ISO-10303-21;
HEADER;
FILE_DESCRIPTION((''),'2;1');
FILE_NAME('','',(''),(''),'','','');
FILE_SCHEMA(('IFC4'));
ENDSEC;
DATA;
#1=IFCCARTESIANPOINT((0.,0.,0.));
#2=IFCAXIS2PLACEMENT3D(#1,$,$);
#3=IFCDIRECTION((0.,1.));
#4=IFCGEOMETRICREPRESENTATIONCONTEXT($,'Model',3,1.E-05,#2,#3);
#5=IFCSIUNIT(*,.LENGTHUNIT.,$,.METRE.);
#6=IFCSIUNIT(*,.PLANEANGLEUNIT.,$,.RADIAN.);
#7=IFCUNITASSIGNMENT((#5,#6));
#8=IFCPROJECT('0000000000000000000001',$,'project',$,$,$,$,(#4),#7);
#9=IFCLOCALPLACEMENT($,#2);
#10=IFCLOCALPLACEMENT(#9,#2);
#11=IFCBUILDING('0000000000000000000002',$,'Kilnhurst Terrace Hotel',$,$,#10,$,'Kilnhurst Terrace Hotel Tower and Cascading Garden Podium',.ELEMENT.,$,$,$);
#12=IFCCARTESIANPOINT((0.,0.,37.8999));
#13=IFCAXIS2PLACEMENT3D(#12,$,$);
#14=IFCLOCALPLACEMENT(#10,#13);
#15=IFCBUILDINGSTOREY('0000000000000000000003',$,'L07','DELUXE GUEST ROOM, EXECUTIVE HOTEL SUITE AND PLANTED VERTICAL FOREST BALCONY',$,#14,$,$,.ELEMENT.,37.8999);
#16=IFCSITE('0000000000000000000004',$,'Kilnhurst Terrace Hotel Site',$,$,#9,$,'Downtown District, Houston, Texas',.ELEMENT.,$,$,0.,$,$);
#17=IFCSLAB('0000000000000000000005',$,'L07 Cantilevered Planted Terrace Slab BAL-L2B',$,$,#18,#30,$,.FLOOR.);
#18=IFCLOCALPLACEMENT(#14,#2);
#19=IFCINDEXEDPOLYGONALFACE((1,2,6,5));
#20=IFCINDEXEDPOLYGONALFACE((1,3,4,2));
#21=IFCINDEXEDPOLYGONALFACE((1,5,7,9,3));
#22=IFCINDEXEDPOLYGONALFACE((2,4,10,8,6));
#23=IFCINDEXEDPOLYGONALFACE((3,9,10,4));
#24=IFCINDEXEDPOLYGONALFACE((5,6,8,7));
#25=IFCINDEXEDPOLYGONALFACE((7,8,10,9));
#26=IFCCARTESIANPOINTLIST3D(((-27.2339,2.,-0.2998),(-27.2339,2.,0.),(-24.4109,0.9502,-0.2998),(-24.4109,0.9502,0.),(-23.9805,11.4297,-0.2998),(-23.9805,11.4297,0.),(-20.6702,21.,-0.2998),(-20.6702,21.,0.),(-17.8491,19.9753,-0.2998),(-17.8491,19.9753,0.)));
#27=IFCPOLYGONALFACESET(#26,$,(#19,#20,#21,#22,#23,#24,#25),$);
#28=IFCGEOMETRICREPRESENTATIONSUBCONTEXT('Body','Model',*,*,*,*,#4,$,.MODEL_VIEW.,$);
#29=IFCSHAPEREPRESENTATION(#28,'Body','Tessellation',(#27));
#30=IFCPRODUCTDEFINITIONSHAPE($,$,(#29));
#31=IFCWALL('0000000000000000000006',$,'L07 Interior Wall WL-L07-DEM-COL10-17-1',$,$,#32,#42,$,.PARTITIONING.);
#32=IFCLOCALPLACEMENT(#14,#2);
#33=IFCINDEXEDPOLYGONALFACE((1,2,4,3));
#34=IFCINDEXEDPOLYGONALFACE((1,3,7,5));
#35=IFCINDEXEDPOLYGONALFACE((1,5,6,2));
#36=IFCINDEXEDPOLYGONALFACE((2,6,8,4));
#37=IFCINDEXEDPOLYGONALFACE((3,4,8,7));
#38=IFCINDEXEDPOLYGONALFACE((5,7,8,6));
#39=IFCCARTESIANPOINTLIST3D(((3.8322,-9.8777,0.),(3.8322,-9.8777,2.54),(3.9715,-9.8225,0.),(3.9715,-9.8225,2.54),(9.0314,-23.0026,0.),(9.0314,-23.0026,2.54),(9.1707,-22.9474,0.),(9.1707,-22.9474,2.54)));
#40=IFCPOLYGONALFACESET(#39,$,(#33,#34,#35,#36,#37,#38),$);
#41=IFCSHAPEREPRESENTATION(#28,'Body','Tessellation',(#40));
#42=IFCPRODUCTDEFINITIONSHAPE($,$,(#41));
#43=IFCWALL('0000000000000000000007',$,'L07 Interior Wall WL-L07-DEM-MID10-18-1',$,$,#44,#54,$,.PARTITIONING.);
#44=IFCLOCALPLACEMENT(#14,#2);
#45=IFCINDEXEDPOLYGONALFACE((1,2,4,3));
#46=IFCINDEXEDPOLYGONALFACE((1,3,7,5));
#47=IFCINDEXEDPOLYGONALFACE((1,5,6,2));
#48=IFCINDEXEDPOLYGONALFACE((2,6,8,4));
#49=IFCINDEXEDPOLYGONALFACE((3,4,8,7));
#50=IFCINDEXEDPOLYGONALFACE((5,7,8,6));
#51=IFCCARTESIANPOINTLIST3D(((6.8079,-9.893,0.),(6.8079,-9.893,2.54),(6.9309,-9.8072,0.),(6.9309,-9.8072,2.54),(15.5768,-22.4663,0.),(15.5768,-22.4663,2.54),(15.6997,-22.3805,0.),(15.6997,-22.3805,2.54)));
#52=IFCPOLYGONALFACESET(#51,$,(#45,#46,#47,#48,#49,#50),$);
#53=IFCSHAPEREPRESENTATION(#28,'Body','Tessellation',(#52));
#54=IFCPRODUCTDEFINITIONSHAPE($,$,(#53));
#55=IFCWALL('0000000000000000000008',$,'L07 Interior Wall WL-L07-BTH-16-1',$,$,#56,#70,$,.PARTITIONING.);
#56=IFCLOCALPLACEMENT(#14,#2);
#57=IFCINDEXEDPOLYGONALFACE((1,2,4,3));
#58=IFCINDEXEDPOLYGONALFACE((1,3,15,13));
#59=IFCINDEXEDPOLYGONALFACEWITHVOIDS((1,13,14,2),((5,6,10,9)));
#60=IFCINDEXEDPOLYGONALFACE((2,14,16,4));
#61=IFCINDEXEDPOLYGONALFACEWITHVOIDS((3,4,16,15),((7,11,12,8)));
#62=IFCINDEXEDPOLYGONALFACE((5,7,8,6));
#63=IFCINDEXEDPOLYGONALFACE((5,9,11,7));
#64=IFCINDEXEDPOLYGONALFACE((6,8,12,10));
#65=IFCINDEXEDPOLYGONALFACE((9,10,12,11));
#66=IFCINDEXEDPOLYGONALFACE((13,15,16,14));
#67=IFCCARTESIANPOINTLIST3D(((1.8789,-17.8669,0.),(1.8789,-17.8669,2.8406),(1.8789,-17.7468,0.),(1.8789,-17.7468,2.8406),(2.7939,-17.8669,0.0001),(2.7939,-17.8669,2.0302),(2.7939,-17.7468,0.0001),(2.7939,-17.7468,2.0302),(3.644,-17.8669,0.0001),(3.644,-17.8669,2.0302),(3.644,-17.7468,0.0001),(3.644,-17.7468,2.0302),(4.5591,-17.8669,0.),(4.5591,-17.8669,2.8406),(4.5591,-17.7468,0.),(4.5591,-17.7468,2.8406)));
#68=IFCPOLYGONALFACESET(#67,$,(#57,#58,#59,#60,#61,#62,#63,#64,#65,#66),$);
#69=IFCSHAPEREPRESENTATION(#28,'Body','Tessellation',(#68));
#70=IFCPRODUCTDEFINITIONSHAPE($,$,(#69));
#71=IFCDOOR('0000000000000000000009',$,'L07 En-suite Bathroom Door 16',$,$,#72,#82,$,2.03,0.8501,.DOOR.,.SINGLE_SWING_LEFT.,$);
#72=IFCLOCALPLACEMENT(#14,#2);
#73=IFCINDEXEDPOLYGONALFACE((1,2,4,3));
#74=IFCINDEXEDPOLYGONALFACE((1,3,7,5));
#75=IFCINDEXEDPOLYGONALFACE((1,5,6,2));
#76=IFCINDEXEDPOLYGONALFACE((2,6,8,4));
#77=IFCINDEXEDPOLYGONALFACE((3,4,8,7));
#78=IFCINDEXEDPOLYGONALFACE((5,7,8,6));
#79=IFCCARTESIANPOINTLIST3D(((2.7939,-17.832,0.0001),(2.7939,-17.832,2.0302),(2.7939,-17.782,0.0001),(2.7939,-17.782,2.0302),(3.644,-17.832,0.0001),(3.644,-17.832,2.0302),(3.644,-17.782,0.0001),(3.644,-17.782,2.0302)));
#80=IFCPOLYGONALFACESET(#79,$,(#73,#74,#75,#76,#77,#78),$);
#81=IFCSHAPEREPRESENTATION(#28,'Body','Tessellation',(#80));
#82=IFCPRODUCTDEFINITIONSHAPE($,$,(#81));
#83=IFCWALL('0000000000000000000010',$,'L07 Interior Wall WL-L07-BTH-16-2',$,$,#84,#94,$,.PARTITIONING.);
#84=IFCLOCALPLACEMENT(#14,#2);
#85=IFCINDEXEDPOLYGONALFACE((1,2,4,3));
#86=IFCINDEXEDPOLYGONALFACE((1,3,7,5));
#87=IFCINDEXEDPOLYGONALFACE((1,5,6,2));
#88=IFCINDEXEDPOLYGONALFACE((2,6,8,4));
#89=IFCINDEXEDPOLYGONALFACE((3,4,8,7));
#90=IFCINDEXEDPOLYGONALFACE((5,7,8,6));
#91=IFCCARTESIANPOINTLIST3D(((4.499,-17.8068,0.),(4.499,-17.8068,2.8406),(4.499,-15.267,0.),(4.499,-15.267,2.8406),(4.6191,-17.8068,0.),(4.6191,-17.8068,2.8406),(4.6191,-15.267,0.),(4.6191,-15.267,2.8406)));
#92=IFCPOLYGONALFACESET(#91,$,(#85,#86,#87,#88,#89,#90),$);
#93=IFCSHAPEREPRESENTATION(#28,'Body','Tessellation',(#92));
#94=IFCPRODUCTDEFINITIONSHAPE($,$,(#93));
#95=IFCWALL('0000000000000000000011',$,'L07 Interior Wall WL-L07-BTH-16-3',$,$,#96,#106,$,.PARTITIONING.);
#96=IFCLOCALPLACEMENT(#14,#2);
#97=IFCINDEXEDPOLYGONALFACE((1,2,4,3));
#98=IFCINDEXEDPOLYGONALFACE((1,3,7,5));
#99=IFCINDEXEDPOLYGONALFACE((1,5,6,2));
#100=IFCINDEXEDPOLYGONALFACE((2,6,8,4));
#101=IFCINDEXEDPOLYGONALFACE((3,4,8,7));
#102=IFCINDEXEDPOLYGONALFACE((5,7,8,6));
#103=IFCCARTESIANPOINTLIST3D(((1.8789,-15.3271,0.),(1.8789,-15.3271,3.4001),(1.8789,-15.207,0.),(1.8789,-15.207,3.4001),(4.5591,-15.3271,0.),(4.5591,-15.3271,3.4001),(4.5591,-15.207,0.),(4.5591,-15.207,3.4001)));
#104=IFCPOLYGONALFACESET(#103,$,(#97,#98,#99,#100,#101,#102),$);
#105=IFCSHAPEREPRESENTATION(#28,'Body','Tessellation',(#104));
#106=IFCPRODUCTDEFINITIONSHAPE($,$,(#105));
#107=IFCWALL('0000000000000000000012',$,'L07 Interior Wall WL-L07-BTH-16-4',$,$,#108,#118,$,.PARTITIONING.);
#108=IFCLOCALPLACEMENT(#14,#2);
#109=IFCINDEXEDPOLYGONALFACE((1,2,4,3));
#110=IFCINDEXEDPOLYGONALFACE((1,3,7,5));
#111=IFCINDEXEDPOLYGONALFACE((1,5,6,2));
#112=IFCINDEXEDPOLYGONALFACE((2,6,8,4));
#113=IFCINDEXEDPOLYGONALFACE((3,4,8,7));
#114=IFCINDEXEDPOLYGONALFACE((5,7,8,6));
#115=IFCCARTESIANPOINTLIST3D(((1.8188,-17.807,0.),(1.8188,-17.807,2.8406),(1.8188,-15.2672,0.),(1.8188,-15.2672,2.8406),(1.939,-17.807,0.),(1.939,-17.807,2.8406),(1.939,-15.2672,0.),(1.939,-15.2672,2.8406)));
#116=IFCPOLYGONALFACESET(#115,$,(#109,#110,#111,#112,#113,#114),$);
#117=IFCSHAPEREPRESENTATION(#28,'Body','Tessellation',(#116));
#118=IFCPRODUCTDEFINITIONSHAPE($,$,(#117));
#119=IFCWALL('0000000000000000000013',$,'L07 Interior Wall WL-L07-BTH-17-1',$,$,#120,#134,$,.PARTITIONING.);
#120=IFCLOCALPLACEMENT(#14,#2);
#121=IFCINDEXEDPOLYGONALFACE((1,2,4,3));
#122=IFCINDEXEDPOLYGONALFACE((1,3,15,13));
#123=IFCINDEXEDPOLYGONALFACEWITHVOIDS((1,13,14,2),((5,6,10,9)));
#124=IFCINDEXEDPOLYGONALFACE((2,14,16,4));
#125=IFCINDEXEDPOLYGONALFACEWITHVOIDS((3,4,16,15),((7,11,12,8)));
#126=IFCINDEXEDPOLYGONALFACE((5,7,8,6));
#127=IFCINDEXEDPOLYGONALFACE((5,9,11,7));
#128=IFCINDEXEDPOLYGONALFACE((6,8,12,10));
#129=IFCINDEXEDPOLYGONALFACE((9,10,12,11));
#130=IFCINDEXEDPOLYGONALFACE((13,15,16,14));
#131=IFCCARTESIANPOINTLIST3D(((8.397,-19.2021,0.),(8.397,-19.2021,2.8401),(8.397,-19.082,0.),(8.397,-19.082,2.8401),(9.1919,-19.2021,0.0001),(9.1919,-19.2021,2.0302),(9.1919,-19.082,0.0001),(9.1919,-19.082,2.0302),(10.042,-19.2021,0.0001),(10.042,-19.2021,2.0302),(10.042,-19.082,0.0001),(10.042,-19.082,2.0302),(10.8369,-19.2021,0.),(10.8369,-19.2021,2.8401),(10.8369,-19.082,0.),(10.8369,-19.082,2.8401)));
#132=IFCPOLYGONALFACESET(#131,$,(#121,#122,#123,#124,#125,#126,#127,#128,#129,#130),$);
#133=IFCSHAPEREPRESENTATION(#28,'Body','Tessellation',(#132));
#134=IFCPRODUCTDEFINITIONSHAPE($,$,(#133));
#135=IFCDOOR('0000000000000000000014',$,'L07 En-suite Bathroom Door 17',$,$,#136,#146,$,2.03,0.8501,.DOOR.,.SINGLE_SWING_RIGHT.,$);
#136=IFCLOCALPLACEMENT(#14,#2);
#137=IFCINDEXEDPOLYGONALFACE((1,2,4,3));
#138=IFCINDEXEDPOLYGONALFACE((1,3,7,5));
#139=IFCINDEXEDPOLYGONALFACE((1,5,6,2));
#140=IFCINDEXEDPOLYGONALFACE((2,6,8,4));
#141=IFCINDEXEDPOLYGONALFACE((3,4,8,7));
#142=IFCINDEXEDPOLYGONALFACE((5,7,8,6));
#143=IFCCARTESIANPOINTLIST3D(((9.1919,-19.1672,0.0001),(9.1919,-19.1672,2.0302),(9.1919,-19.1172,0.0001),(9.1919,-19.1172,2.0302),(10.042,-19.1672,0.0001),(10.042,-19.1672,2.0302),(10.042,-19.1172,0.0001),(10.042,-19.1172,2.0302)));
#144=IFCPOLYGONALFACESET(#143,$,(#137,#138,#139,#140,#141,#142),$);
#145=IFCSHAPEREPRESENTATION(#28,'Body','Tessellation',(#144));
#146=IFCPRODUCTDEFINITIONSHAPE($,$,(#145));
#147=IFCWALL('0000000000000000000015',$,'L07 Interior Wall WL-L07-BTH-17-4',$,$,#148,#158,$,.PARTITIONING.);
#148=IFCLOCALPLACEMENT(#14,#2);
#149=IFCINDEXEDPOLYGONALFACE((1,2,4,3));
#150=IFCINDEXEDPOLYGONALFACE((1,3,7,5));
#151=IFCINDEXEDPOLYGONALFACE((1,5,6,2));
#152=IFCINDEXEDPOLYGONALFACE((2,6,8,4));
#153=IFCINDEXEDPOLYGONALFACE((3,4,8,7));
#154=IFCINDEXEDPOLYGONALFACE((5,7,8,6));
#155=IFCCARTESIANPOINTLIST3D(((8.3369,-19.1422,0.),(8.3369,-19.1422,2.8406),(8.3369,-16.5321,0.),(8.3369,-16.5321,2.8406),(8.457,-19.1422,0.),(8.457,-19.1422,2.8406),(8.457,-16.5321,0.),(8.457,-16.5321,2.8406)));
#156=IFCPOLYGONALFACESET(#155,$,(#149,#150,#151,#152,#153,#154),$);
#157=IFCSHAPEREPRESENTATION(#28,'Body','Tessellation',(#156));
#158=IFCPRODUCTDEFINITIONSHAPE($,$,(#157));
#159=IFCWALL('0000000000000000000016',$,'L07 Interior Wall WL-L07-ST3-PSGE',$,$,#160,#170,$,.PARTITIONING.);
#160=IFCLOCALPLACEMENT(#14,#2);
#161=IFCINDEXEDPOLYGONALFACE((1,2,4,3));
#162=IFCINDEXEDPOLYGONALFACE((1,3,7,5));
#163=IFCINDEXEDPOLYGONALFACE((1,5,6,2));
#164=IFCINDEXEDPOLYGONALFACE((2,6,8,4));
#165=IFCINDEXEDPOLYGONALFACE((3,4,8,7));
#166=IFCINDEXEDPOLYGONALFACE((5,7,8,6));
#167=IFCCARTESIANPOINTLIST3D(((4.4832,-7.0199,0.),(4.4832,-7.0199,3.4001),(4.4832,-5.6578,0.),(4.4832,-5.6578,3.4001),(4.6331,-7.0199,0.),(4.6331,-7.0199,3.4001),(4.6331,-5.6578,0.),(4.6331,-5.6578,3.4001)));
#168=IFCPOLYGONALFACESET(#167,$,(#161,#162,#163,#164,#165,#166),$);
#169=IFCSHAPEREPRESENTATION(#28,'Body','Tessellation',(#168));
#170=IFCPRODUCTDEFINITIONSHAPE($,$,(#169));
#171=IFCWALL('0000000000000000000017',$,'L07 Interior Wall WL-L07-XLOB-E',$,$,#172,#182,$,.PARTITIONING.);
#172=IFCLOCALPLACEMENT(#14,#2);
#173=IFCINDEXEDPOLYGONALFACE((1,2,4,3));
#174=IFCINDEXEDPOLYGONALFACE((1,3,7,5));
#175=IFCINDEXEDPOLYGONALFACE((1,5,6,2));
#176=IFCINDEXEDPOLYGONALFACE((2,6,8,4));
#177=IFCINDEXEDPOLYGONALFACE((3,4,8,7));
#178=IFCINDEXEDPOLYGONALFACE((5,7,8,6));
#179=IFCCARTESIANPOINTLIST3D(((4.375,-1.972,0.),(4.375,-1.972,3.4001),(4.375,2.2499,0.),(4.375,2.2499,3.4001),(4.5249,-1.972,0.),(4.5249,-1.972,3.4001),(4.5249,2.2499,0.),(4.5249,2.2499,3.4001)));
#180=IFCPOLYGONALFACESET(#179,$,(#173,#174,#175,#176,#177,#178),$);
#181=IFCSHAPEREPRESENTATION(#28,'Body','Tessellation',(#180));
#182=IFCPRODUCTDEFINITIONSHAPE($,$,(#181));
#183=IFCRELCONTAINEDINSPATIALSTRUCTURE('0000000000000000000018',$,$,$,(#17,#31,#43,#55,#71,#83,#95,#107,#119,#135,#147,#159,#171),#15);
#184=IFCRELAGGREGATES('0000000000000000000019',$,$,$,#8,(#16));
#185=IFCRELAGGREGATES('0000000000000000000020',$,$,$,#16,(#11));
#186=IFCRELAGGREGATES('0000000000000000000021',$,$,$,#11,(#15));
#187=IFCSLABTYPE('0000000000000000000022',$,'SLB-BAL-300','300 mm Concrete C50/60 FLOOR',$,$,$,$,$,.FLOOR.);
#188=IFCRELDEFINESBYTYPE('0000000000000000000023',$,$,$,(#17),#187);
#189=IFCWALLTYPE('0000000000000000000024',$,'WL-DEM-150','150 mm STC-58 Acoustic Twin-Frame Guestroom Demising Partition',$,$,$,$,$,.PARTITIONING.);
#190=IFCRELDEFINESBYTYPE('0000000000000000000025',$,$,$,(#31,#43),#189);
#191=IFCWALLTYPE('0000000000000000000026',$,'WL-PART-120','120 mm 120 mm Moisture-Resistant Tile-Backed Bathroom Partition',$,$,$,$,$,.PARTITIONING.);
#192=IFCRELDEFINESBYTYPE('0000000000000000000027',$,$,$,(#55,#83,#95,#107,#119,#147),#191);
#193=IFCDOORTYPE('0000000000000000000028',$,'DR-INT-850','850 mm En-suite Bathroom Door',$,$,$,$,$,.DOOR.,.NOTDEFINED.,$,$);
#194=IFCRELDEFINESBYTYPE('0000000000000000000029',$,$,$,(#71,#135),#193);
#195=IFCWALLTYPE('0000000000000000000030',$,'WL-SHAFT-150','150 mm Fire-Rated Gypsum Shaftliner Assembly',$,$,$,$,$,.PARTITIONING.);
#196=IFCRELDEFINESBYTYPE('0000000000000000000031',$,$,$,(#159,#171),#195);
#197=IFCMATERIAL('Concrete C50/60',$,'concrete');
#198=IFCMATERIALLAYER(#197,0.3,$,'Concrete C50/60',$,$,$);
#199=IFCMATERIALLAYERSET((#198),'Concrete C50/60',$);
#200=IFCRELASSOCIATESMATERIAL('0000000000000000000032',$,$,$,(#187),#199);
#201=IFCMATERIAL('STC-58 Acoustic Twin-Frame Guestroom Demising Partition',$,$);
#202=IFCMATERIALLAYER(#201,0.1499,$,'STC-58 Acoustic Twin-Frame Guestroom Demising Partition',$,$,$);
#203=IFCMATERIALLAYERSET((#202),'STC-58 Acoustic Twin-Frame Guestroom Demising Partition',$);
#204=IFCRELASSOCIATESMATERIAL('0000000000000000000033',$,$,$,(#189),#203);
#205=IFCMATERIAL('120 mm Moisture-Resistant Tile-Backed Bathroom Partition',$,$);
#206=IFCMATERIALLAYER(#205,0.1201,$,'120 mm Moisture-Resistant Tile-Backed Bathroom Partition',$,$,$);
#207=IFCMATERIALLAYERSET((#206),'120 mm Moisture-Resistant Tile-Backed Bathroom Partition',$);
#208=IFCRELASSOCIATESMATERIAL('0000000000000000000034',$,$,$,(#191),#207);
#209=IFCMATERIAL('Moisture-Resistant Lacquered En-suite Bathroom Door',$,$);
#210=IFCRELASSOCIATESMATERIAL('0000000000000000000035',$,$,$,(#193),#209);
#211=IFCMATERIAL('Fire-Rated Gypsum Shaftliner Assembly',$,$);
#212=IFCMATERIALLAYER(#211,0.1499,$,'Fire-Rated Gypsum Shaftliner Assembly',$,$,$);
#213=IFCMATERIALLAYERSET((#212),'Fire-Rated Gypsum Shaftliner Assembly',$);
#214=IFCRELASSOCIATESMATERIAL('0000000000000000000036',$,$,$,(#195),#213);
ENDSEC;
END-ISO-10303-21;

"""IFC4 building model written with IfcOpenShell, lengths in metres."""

from ifc_helpers import new_model, si_unit, direction, frame, frame_2d, origin, place, context, subcontext, project, spatial, polyline, rectangle, outline, extrude, material, layer, layer_set, type_object, element, fill, save


model = new_model("IFC4")

# Units and contexts
model_context = context("Model", 3, precision=1e-05, world=origin(), true_north=direction((0.0, 1.0)))
body_context = subcontext(model_context, "Body", "Model", "MODEL_VIEW")
ifc_project = project(units=[si_unit("LENGTHUNIT", "METRE"), si_unit("PLANEANGLEUNIT", "RADIAN")], contexts=[model_context])

# Site, building, storey
site_placement = place(None, origin())
site = spatial("IfcSite", under=ifc_project, at=site_placement, Name="Kilnhurst Terrace Hotel Site", LongName="Downtown District, Houston, Texas", CompositionType="ELEMENT", RefElevation=0.0)
building_placement = place(site_placement, origin())
building = spatial("IfcBuilding", under=site, at=building_placement, Name="Kilnhurst Terrace Hotel", LongName="Kilnhurst Terrace Hotel Tower and Cascading Garden Podium", CompositionType="ELEMENT")
storey_placement = place(building_placement, frame((0.0, 0.0, 37.8999)))
storey = spatial("IfcBuildingStorey", under=building, at=storey_placement, Name="L07", Description="DELUXE GUEST ROOM, EXECUTIVE HOTEL SUITE AND PLANTED VERTICAL FOREST BALCONY", CompositionType="ELEMENT", Elevation=37.8999)

# Shared definitions
ifc_material_1 = material(Name="Concrete C50/60", Category="concrete")

# Slab
ifc_layer_1 = layer(ifc_material_1, 0.3, Name="Concrete C50/60")
ifc_layer_set_1 = layer_set([ifc_layer_1], Name="Concrete C50/60")
slab_type = type_object("IfcSlabType", Name="SLB-BAL-300", Description="300 mm Concrete C50/60 FLOOR", PredefinedType="FLOOR", material=ifc_layer_set_1)
slab_1_placement = place(storey_placement, frame((0.0, 0.0, -0.2998)))
element("IfcSlab", 1, at=slab_1_placement, inside=storey, type_object=slab_type, Name="L07 Cantilevered Planted Terrace Slab BAL-L2B", PredefinedType="FLOOR", context=body_context, shape_type="SweptSolid", body=[
    extrude(outline(polyline([(-20.6702, 21.0), (-17.8491, 19.9753), (-24.4109, 0.9502), (-27.2339, 2.0), (-23.9805, 11.4297), (-20.6702, 21.0)])), origin(), (0.0, 0.0, 1.0), 0.2998),
])

# Walls
ifc_material_2 = material(Name="STC-58 Acoustic Twin-Frame Guestroom Demising Partition")
ifc_layer_2 = layer(ifc_material_2, 0.1499, Name="STC-58 Acoustic Twin-Frame Guestroom Demising Partition")
ifc_layer_set_2 = layer_set([ifc_layer_2], Name="STC-58 Acoustic Twin-Frame Guestroom Demising Partition")
wall_type_1 = type_object("IfcWallType", Name="WL-DEM-150", Description="150 mm STC-58 Acoustic Twin-Frame Guestroom Demising Partition", PredefinedType="PARTITIONING", material=ifc_layer_set_2)
wall_1_placement = place(storey_placement, frame((3.9019, -9.8501, 0.0), z_axis=(0.0, 0.0, 1.0), x_axis=(0.368288, -0.929712, 0.0)))
element("IfcWall", 2, at=wall_1_placement, inside=storey, type_object=wall_type_1, Name="L07 Interior Wall WL-L07-DEM-COL10-17-1", PredefinedType="PARTITIONING", context=body_context, shape_type="SweptSolid", body=[
    extrude(rectangle(XDim=14.1172, YDim=0.1499, at=frame_2d((7.0586, 0.0))), origin(), (0.0, 0.0, 1.0), 2.54),
])
wall_2_placement = place(storey_placement, frame((6.8694, -9.8501, 0.0), z_axis=(0.0, 0.0, 1.0), x_axis=(0.57204, -0.820226, 0.0)))
element("IfcWall", 3, at=wall_2_placement, inside=storey, type_object=wall_type_1, Name="L07 Interior Wall WL-L07-DEM-MID10-18-1", PredefinedType="PARTITIONING", context=body_context, shape_type="SweptSolid", body=[
    extrude(rectangle(XDim=15.3291, YDim=0.1499, at=frame_2d((7.6646, 0.0))), origin(), (0.0, 0.0, 1.0), 2.54),
])

# Wall, opening, door
ifc_material_3 = material(Name="120 mm Moisture-Resistant Tile-Backed Bathroom Partition")
ifc_layer_3 = layer(ifc_material_3, 0.1201, Name="120 mm Moisture-Resistant Tile-Backed Bathroom Partition")
ifc_layer_set_3 = layer_set([ifc_layer_3], Name="120 mm Moisture-Resistant Tile-Backed Bathroom Partition")
wall_type_2 = type_object("IfcWallType", Name="WL-PART-120", Description="120 mm 120 mm Moisture-Resistant Tile-Backed Bathroom Partition", PredefinedType="PARTITIONING", material=ifc_layer_set_3)
wall_3_placement = place(storey_placement, frame((1.8789, -17.8069, 0.0), z_axis=(0.0, 0.0, 1.0), x_axis=(1.0, 0.0, 0.0)))
wall_3 = element("IfcWall", 4, at=wall_3_placement, inside=storey, type_object=wall_type_2, Name="L07 Interior Wall WL-L07-BTH-16-1", PredefinedType="PARTITIONING", context=body_context, shape_type="SweptSolid", body=[
    extrude(rectangle(XDim=2.6802, YDim=0.1201, at=frame_2d((1.3401, 0.0))), origin(), (0.0, 0.0, 1.0), 2.8406),
])
opening_1_placement = place(wall_3_placement, frame((0.915, 0.0, 0.0)))
opening_1 = element("IfcOpeningElement", 5, at=opening_1_placement, cuts=wall_3, PredefinedType="OPENING", context=body_context, shape_type="SweptSolid", body=[
    extrude(rectangle(XDim=0.8501, YDim=2.03, at=frame_2d((0.425, 1.0151))), frame((0.0, 0.0701, 0.0), z_axis=(0.0, -1.0, 0.0), x_axis=(1.0, 0.0, 0.0)), (0.0, 0.0, 1.0), 0.1401),
])
ifc_material_4 = material(Name="Moisture-Resistant Lacquered En-suite Bathroom Door")
door_type = type_object("IfcDoorType", Name="DR-INT-850", Description="850 mm En-suite Bathroom Door", OperationType="NOTDEFINED", PredefinedType="DOOR", material=ifc_material_4)
door_1_placement = place(opening_1_placement, origin())
door_1 = element("IfcDoor", 6, at=door_1_placement, inside=storey, type_object=door_type, Name="L07 En-suite Bathroom Door 16", OperationType="SINGLE_SWING_LEFT", OverallHeight=2.03, OverallWidth=0.8501, PredefinedType="DOOR", context=body_context, shape_type="SweptSolid", body=[
    extrude(rectangle(XDim=0.8501, YDim=2.03, at=frame_2d((0.425, 1.0151))), frame((0.0, 0.0249, 0.0), z_axis=(0.0, -1.0, 0.0), x_axis=(1.0, 0.0, 0.0)), (0.0, 0.0, 1.0), 0.05),
])
fill(opening_1, door_1)

# Walls
wall_4_placement = place(storey_placement, frame((4.5591, -17.8069, 0.0), z_axis=(0.0, 0.0, 1.0), x_axis=(0.0, 1.0, 0.0)))
element("IfcWall", 7, at=wall_4_placement, inside=storey, type_object=wall_type_2, Name="L07 Interior Wall WL-L07-BTH-16-2", PredefinedType="PARTITIONING", context=body_context, shape_type="SweptSolid", body=[
    extrude(rectangle(XDim=2.5398, YDim=0.1201, at=frame_2d((1.27, 0.0))), origin(), (0.0, 0.0, 1.0), 2.8406),
])
wall_5_placement = place(storey_placement, frame((4.5591, -15.2671, 0.0), z_axis=(0.0, 0.0, 1.0), x_axis=(-1.0, 0.0, 0.0)))
element("IfcWall", 8, at=wall_5_placement, inside=storey, type_object=wall_type_2, Name="L07 Interior Wall WL-L07-BTH-16-3", PredefinedType="PARTITIONING", context=body_context, shape_type="SweptSolid", body=[
    extrude(rectangle(XDim=2.6802, YDim=0.1201, at=frame_2d((1.3401, 0.0))), origin(), (0.0, 0.0, 1.0), 3.4001),
])
wall_6_placement = place(storey_placement, frame((1.8789, -15.2671, 0.0), z_axis=(0.0, 0.0, 1.0), x_axis=(0.0, -1.0, 0.0)))
element("IfcWall", 9, at=wall_6_placement, inside=storey, type_object=wall_type_2, Name="L07 Interior Wall WL-L07-BTH-16-4", PredefinedType="PARTITIONING", context=body_context, shape_type="SweptSolid", body=[
    extrude(rectangle(XDim=2.5398, YDim=0.1201, at=frame_2d((1.27, 0.0))), origin(), (0.0, 0.0, 1.0), 2.8406),
])

# Wall, opening, door
wall_7_placement = place(storey_placement, frame((8.397, -19.1421, 0.0), z_axis=(0.0, 0.0, 1.0), x_axis=(1.0, 0.0, 0.0)))
wall_7 = element("IfcWall", 10, at=wall_7_placement, inside=storey, type_object=wall_type_2, Name="L07 Interior Wall WL-L07-BTH-17-1", PredefinedType="PARTITIONING", context=body_context, shape_type="SweptSolid", body=[
    extrude(rectangle(XDim=2.4399, YDim=0.1201, at=frame_2d((1.22, 0.0))), origin(), (0.0, 0.0, 1.0), 2.8401),
])
opening_2_placement = place(wall_7_placement, frame((0.7949, 0.0, 0.0)))
opening_2 = element("IfcOpeningElement", 11, at=opening_2_placement, cuts=wall_7, PredefinedType="OPENING", context=body_context, shape_type="SweptSolid", body=[
    extrude(rectangle(XDim=0.8501, YDim=2.03, at=frame_2d((0.425, 1.0151))), frame((0.0, 0.0701, 0.0), z_axis=(0.0, -1.0, 0.0), x_axis=(1.0, 0.0, 0.0)), (0.0, 0.0, 1.0), 0.1401),
])
door_2_placement = place(opening_2_placement, origin())
door_2 = element("IfcDoor", 12, at=door_2_placement, inside=storey, type_object=door_type, Name="L07 En-suite Bathroom Door 17", OperationType="SINGLE_SWING_RIGHT", OverallHeight=2.03, OverallWidth=0.8501, PredefinedType="DOOR", context=body_context, shape_type="SweptSolid", body=[
    extrude(rectangle(XDim=0.8501, YDim=2.03, at=frame_2d((0.425, 1.0151))), frame((0.0, 0.0249, 0.0), z_axis=(0.0, -1.0, 0.0), x_axis=(1.0, 0.0, 0.0)), (0.0, 0.0, 1.0), 0.05),
])
fill(opening_2, door_2)

# Walls
wall_8_placement = place(storey_placement, frame((8.397, -16.532, 0.0), z_axis=(0.0, 0.0, 1.0), x_axis=(0.0, -1.0, 0.0)))
element("IfcWall", 13, at=wall_8_placement, inside=storey, type_object=wall_type_2, Name="L07 Interior Wall WL-L07-BTH-17-4", PredefinedType="PARTITIONING", context=body_context, shape_type="SweptSolid", body=[
    extrude(rectangle(XDim=2.6101, YDim=0.1201, at=frame_2d((1.3052, 0.0))), origin(), (0.0, 0.0, 1.0), 2.8406),
])
ifc_material_5 = material(Name="Fire-Rated Gypsum Shaftliner Assembly")
ifc_layer_4 = layer(ifc_material_5, 0.1499, Name="Fire-Rated Gypsum Shaftliner Assembly")
ifc_layer_set_4 = layer_set([ifc_layer_4], Name="Fire-Rated Gypsum Shaftliner Assembly")
wall_type_3 = type_object("IfcWallType", Name="WL-SHAFT-150", Description="150 mm Fire-Rated Gypsum Shaftliner Assembly", PredefinedType="PARTITIONING", material=ifc_layer_set_4)
wall_9_placement = place(storey_placement, frame((4.5581, -7.02, 0.0), z_axis=(0.0, 0.0, 1.0), x_axis=(0.0, 1.0, 0.0)))
element("IfcWall", 14, at=wall_9_placement, inside=storey, type_object=wall_type_3, Name="L07 Interior Wall WL-L07-ST3-PSGE", PredefinedType="PARTITIONING", context=body_context, shape_type="SweptSolid", body=[
    extrude(rectangle(XDim=1.3621, YDim=0.1499, at=frame_2d((0.6812, 0.0))), origin(), (0.0, 0.0, 1.0), 3.4001),
])
wall_10_placement = place(storey_placement, frame((4.45, -1.9719, 0.0), z_axis=(0.0, 0.0, 1.0), x_axis=(0.0, 1.0, 0.0)))
element("IfcWall", 15, at=wall_10_placement, inside=storey, type_object=wall_type_3, Name="L07 Interior Wall WL-L07-XLOB-E", PredefinedType="PARTITIONING", context=body_context, shape_type="SweptSolid", body=[
    extrude(rectangle(XDim=4.2219, YDim=0.1499, at=frame_2d((2.1108, 0.0))), origin(), (0.0, 0.0, 1.0), 3.4001),
])

save(model, "model.ifc")
